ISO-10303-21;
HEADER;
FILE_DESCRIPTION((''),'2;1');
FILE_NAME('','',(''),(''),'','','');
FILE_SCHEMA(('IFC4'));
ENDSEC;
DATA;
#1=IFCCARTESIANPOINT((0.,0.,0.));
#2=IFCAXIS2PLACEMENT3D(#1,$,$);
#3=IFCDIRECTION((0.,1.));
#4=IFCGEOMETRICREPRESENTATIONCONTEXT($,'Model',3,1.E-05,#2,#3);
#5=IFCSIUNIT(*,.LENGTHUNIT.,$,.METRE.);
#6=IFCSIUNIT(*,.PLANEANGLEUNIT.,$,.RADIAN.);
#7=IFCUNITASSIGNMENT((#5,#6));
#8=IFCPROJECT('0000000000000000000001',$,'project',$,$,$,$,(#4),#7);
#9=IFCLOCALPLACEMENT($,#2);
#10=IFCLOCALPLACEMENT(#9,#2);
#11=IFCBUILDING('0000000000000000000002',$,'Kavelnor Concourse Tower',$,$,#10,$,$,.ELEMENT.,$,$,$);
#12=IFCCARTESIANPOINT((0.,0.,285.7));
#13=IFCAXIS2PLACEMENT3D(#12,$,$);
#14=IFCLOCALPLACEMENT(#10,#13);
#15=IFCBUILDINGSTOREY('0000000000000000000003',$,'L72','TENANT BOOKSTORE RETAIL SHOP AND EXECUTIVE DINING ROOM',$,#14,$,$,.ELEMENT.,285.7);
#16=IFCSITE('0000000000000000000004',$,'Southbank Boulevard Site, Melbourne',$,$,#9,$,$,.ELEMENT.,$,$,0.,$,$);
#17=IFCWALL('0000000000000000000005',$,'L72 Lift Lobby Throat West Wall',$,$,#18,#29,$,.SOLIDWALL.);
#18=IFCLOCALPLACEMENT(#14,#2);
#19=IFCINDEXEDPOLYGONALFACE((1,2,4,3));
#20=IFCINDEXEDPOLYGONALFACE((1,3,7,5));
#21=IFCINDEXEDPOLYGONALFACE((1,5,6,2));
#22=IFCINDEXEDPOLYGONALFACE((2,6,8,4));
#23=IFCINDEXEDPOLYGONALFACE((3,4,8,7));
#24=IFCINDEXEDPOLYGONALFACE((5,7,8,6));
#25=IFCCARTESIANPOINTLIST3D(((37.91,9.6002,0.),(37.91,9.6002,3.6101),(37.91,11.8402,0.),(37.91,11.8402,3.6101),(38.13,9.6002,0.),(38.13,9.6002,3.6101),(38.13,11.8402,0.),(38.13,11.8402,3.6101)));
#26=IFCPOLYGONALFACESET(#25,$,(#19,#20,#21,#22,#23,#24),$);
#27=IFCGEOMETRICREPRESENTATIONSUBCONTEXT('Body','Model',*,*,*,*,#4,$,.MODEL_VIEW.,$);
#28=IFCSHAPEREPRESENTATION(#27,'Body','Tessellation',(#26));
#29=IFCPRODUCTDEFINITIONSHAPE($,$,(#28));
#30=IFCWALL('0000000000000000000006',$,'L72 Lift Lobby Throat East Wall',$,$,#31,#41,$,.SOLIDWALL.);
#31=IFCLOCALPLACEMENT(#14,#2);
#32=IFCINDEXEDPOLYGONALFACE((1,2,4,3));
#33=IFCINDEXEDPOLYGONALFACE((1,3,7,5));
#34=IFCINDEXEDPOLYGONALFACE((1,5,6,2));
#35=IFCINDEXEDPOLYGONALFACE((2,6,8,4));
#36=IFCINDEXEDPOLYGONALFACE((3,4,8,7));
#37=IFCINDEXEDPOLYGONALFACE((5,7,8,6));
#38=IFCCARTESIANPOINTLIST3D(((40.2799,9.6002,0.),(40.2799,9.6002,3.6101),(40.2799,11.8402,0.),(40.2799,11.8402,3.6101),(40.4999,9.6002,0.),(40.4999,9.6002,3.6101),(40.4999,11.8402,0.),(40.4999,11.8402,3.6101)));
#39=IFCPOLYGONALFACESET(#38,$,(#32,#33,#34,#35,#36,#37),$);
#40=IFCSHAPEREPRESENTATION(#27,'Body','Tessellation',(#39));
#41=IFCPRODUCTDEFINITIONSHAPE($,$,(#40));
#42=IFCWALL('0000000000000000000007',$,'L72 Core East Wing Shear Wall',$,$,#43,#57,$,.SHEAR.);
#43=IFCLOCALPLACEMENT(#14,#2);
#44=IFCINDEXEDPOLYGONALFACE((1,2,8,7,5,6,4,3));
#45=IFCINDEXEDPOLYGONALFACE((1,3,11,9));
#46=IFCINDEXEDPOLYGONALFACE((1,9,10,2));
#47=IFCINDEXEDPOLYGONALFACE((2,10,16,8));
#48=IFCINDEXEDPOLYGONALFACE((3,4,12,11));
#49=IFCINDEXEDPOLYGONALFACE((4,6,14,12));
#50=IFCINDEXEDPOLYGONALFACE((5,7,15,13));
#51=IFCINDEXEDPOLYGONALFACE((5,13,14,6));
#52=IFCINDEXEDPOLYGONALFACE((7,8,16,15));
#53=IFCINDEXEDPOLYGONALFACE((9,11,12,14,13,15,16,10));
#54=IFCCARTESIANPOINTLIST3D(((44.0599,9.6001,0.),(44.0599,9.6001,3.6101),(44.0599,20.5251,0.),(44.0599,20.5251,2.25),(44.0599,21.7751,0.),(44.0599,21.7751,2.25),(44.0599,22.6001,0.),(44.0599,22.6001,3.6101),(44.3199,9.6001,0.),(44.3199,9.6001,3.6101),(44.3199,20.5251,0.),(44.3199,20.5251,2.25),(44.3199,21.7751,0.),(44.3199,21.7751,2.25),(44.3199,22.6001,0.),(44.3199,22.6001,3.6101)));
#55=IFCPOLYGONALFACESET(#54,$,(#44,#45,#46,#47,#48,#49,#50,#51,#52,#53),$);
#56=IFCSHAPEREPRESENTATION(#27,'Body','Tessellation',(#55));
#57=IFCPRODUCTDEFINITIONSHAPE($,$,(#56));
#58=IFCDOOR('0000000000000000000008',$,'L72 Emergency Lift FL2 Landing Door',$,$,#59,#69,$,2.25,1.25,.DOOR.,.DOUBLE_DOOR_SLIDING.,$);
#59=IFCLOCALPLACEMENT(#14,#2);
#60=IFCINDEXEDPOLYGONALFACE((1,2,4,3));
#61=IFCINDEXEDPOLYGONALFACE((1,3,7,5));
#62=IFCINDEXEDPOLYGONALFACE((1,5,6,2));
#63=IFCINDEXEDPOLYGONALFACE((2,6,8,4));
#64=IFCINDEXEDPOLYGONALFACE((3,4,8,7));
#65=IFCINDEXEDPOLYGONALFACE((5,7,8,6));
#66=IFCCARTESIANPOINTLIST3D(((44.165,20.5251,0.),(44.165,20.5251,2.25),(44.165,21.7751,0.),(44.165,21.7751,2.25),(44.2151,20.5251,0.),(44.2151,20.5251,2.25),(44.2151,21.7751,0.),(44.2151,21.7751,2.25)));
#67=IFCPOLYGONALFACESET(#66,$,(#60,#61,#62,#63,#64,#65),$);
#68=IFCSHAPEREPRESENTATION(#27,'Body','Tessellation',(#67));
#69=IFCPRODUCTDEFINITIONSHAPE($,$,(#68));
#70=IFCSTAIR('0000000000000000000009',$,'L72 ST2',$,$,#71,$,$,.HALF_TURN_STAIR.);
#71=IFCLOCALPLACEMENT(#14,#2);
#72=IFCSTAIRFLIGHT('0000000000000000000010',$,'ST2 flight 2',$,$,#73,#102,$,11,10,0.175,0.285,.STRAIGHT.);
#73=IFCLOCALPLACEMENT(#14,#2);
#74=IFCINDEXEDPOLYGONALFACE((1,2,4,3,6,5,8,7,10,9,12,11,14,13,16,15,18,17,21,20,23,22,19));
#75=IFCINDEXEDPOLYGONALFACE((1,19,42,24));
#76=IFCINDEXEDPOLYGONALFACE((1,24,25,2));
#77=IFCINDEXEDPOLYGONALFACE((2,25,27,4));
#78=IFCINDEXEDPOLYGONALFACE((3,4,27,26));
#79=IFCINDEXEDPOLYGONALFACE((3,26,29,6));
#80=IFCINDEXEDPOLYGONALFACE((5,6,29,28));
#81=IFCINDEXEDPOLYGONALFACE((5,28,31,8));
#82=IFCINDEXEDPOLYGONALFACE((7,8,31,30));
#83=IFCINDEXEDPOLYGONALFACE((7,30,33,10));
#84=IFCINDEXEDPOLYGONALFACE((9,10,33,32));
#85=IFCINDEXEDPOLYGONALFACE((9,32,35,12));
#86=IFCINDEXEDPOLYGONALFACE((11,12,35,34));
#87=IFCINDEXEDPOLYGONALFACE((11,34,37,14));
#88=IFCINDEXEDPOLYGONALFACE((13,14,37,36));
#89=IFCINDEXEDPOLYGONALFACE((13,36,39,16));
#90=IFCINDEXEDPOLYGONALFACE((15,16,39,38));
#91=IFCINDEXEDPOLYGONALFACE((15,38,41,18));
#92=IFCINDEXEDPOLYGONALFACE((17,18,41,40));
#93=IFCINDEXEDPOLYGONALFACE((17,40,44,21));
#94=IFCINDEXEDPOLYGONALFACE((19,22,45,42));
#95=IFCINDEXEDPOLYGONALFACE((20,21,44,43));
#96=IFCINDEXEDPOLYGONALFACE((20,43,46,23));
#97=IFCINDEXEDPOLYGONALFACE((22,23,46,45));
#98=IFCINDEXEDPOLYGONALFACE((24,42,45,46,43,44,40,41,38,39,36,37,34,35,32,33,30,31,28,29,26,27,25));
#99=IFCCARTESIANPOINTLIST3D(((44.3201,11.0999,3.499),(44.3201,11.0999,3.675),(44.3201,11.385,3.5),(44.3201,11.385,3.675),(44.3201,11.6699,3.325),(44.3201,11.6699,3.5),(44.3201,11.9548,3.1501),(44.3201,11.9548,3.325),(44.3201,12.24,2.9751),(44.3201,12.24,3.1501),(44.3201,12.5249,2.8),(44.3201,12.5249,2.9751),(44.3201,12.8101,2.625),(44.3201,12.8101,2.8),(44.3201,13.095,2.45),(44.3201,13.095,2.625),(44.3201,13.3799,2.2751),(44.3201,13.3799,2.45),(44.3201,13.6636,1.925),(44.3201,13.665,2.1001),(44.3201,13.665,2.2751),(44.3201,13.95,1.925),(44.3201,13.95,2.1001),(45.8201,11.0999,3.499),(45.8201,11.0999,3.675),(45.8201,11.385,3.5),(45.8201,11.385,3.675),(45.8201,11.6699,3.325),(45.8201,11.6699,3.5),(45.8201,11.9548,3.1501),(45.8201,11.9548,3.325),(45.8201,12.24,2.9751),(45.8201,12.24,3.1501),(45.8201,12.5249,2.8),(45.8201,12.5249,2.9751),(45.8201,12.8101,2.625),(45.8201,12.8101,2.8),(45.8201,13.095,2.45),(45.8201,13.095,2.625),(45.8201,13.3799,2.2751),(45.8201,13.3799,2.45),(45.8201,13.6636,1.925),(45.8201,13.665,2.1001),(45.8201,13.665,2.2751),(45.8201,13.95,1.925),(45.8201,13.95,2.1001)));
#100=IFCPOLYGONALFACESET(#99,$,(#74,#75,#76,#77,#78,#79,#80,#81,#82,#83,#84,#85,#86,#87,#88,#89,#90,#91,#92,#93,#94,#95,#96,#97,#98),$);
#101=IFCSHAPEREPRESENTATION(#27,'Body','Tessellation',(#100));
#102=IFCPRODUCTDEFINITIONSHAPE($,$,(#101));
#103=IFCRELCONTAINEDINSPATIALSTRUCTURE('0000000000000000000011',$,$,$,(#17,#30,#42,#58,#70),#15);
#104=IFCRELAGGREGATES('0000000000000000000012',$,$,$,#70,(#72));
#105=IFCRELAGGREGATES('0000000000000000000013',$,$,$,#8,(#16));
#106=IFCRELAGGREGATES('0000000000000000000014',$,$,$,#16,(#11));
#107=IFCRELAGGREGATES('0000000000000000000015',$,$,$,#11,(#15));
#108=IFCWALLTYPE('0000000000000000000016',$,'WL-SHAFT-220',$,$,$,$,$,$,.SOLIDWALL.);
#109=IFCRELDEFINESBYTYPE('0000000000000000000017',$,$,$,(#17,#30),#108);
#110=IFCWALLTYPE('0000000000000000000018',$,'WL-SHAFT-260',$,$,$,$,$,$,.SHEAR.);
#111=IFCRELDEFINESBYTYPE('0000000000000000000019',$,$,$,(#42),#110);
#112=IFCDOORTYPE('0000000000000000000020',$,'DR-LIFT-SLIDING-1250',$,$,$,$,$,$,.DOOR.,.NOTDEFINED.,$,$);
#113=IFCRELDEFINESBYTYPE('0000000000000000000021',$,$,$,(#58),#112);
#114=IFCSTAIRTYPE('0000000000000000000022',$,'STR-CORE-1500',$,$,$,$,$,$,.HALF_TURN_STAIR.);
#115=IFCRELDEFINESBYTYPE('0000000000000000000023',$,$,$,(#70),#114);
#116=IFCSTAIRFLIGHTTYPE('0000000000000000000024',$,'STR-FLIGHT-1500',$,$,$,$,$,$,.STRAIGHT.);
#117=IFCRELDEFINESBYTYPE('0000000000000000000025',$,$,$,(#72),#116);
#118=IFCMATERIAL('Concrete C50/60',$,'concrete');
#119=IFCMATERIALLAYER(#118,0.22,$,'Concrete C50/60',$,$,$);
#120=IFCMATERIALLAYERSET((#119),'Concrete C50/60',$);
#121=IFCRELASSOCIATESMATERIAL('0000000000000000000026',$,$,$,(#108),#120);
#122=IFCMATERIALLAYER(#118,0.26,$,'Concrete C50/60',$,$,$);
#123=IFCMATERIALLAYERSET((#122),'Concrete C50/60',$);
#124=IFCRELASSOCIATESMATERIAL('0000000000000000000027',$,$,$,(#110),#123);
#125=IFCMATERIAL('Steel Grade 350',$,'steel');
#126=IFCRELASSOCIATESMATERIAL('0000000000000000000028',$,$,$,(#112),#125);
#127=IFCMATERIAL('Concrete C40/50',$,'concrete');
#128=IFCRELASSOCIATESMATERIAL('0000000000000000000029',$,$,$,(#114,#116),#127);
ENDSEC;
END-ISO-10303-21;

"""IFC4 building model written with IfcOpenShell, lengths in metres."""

from ifc_helpers import new_model, si_unit, direction, frame, frame_2d, origin, place, context, subcontext, project, spatial, polyline, rectangle, outline, extrude, material, layer, layer_set, type_object, element, fill, aggregate, save


model = new_model("IFC4")

# Units and contexts
model_context = context("Model", 3, precision=1e-05, world=origin(), true_north=direction((0.0, 1.0)))
body_context = subcontext(model_context, "Body", "Model", "MODEL_VIEW")
ifc_project = project(units=[si_unit("LENGTHUNIT", "METRE"), si_unit("PLANEANGLEUNIT", "RADIAN")], contexts=[model_context])

# Site, building, storey
site_placement = place(None, origin())
site = spatial("IfcSite", under=ifc_project, at=site_placement, Name="Southbank Boulevard Site, Melbourne", CompositionType="ELEMENT", RefElevation=0.0)
building_placement = place(site_placement, origin())
building = spatial("IfcBuilding", under=site, at=building_placement, Name="Kavelnor Concourse Tower", CompositionType="ELEMENT")
storey_placement = place(building_placement, frame((0.0, 0.0, 285.7)))
storey = spatial("IfcBuildingStorey", under=building, at=storey_placement, Name="L72", Description="TENANT BOOKSTORE RETAIL SHOP AND EXECUTIVE DINING ROOM", CompositionType="ELEMENT", Elevation=285.7)

# Shared definitions
ifc_material_1 = material(Name="Steel Grade 350", Category="steel")

# Shared definitions
ifc_material_2 = material(Name="Concrete C50/60", Category="concrete")
ifc_layer_1 = layer(ifc_material_2, 0.22, Name="Concrete C50/60")
ifc_layer_set_1 = layer_set([ifc_layer_1], Name="Concrete C50/60")
wall_type_1 = type_object("IfcWallType", Name="WL-SHAFT-220", PredefinedType="SOLIDWALL", material=ifc_layer_set_1)

# Walls
for number, where, z_axis, x_axis, name in (
    (1, (38.02, 9.6001, 0.0), (0.0, 0.0, 1.0), (0.0, 1.0, 0.0), "L72 Lift Lobby Throat West Wall"),
    (2, (40.3899, 9.6001, 0.0), (0.0, 0.0, 1.0), (0.0, 1.0, 0.0), "L72 Lift Lobby Throat East Wall"),
):
    element("IfcWall", number, at=place(storey_placement, frame(where, z_axis=z_axis, x_axis=x_axis)), inside=storey, type_object=wall_type_1, Name=name, PredefinedType="SOLIDWALL", context=body_context, shape_type="SweptSolid", body=[
        extrude(rectangle(XDim=2.24, YDim=0.22, at=frame_2d((1.1201, 0.0))), origin(), (0.0, 0.0, 1.0), 3.6101),
    ])

# Wall, opening, door
ifc_layer_2 = layer(ifc_material_2, 0.26, Name="Concrete C50/60")
ifc_layer_set_2 = layer_set([ifc_layer_2], Name="Concrete C50/60")
wall_type_2 = type_object("IfcWallType", Name="WL-SHAFT-260", PredefinedType="SHEAR", material=ifc_layer_set_2)
wall_1_placement = place(storey_placement, frame((44.1899, 9.6001, 0.0), z_axis=(0.0, 0.0, 1.0), x_axis=(0.0, 1.0, 0.0)))
wall_1 = element("IfcWall", 3, at=wall_1_placement, inside=storey, type_object=wall_type_2, Name="L72 Core East Wing Shear Wall", PredefinedType="SHEAR", context=body_context, shape_type="SweptSolid", body=[
    extrude(rectangle(XDim=13.0, YDim=0.26, at=frame_2d((6.5, 0.0))), origin(), (0.0, 0.0, 1.0), 3.6101),
])
opening_1_placement = place(wall_1_placement, frame((10.925, 0.0, 0.0)))
opening_1 = element("IfcOpeningElement", 4, at=opening_1_placement, cuts=wall_1, PredefinedType="OPENING", context=body_context, shape_type="SweptSolid", body=[
    extrude(rectangle(XDim=1.25, YDim=2.25, at=frame_2d((0.625, 1.125))), frame((0.0, 0.1401, 0.0), z_axis=(0.0, -1.0, 0.0), x_axis=(1.0, 0.0, 0.0)), (0.0, 0.0, 1.0), 0.28),
])
door_type_1 = type_object("IfcDoorType", Name="DR-LIFT-SLIDING-1250", OperationType="NOTDEFINED", PredefinedType="DOOR", material=ifc_material_1)
door_1_placement = place(opening_1_placement, origin())
door_1 = element("IfcDoor", 5, at=door_1_placement, inside=storey, type_object=door_type_1, Name="L72 Emergency Lift FL2 Landing Door", OperationType="DOUBLE_DOOR_SLIDING", OverallHeight=2.25, OverallWidth=1.25, PredefinedType="DOOR", context=body_context, shape_type="SweptSolid", body=[
    extrude(rectangle(XDim=1.25, YDim=2.25, at=frame_2d((0.625, 1.125))), frame((0.0, 0.0249, 0.0), z_axis=(0.0, -1.0, 0.0), x_axis=(1.0, 0.0, 0.0)), (0.0, 0.0, 1.0), 0.05),
])
fill(opening_1, door_1)

# Stair, stair flight
ifc_material_3 = material(Name="Concrete C40/50", Category="concrete")
stair_type = type_object("IfcStairType", Name="STR-CORE-1500", PredefinedType="HALF_TURN_STAIR", material=ifc_material_3)
stair_placement = place(storey_placement, origin())
stair = element("IfcStair", 6, at=stair_placement, inside=storey, type_object=stair_type, Name="L72 ST2", PredefinedType="HALF_TURN_STAIR")
stair_flight_type = type_object("IfcStairFlightType", Name="STR-FLIGHT-1500", PredefinedType="STRAIGHT", material=ifc_material_3)
stair_flight_placement = place(storey_placement, frame((45.0701, 13.95, 1.925), z_axis=(0.0, 0.0, 1.0), x_axis=(0.0, -1.0, 0.0)))
stair_flight = element("IfcStairFlight", 7, at=stair_flight_placement, type_object=stair_flight_type, Name="ST2 flight 2", NumberOfRisers=11, NumberOfTreads=10, PredefinedType="STRAIGHT", RiserHeight=0.175, TreadLength=0.285, context=body_context, shape_type="SweptSolid", body=[
    extrude(outline(polyline([(0.0, 0.0), (0.0, 0.175), (0.2849, 0.175), (0.2849, 0.3501), (0.5701, 0.3501), (0.5701, 0.5249), (0.855, 0.5249), (0.855, 0.7), (1.1399, 0.7), (1.1399, 0.875), (1.425, 0.875), (1.425, 1.05), (1.71, 1.05), (1.71, 1.2251), (1.9951, 1.2251), (1.9951, 1.3999), (2.28, 1.3999), (2.28, 1.575), (2.5649, 1.575), (2.5649, 1.75), (2.8501, 1.75), (2.8501, 1.925), (2.8501, 1.574), (0.2864, 0.0), (0.0, 0.0)])), frame((0.0, 0.75, 0.0), z_axis=(0.0, -1.0, 0.0), x_axis=(1.0, 0.0, 0.0)), (0.0, 0.0, 1.0), 1.5),
])
aggregate(stair, [stair_flight])

save(model, "model.ifc")
